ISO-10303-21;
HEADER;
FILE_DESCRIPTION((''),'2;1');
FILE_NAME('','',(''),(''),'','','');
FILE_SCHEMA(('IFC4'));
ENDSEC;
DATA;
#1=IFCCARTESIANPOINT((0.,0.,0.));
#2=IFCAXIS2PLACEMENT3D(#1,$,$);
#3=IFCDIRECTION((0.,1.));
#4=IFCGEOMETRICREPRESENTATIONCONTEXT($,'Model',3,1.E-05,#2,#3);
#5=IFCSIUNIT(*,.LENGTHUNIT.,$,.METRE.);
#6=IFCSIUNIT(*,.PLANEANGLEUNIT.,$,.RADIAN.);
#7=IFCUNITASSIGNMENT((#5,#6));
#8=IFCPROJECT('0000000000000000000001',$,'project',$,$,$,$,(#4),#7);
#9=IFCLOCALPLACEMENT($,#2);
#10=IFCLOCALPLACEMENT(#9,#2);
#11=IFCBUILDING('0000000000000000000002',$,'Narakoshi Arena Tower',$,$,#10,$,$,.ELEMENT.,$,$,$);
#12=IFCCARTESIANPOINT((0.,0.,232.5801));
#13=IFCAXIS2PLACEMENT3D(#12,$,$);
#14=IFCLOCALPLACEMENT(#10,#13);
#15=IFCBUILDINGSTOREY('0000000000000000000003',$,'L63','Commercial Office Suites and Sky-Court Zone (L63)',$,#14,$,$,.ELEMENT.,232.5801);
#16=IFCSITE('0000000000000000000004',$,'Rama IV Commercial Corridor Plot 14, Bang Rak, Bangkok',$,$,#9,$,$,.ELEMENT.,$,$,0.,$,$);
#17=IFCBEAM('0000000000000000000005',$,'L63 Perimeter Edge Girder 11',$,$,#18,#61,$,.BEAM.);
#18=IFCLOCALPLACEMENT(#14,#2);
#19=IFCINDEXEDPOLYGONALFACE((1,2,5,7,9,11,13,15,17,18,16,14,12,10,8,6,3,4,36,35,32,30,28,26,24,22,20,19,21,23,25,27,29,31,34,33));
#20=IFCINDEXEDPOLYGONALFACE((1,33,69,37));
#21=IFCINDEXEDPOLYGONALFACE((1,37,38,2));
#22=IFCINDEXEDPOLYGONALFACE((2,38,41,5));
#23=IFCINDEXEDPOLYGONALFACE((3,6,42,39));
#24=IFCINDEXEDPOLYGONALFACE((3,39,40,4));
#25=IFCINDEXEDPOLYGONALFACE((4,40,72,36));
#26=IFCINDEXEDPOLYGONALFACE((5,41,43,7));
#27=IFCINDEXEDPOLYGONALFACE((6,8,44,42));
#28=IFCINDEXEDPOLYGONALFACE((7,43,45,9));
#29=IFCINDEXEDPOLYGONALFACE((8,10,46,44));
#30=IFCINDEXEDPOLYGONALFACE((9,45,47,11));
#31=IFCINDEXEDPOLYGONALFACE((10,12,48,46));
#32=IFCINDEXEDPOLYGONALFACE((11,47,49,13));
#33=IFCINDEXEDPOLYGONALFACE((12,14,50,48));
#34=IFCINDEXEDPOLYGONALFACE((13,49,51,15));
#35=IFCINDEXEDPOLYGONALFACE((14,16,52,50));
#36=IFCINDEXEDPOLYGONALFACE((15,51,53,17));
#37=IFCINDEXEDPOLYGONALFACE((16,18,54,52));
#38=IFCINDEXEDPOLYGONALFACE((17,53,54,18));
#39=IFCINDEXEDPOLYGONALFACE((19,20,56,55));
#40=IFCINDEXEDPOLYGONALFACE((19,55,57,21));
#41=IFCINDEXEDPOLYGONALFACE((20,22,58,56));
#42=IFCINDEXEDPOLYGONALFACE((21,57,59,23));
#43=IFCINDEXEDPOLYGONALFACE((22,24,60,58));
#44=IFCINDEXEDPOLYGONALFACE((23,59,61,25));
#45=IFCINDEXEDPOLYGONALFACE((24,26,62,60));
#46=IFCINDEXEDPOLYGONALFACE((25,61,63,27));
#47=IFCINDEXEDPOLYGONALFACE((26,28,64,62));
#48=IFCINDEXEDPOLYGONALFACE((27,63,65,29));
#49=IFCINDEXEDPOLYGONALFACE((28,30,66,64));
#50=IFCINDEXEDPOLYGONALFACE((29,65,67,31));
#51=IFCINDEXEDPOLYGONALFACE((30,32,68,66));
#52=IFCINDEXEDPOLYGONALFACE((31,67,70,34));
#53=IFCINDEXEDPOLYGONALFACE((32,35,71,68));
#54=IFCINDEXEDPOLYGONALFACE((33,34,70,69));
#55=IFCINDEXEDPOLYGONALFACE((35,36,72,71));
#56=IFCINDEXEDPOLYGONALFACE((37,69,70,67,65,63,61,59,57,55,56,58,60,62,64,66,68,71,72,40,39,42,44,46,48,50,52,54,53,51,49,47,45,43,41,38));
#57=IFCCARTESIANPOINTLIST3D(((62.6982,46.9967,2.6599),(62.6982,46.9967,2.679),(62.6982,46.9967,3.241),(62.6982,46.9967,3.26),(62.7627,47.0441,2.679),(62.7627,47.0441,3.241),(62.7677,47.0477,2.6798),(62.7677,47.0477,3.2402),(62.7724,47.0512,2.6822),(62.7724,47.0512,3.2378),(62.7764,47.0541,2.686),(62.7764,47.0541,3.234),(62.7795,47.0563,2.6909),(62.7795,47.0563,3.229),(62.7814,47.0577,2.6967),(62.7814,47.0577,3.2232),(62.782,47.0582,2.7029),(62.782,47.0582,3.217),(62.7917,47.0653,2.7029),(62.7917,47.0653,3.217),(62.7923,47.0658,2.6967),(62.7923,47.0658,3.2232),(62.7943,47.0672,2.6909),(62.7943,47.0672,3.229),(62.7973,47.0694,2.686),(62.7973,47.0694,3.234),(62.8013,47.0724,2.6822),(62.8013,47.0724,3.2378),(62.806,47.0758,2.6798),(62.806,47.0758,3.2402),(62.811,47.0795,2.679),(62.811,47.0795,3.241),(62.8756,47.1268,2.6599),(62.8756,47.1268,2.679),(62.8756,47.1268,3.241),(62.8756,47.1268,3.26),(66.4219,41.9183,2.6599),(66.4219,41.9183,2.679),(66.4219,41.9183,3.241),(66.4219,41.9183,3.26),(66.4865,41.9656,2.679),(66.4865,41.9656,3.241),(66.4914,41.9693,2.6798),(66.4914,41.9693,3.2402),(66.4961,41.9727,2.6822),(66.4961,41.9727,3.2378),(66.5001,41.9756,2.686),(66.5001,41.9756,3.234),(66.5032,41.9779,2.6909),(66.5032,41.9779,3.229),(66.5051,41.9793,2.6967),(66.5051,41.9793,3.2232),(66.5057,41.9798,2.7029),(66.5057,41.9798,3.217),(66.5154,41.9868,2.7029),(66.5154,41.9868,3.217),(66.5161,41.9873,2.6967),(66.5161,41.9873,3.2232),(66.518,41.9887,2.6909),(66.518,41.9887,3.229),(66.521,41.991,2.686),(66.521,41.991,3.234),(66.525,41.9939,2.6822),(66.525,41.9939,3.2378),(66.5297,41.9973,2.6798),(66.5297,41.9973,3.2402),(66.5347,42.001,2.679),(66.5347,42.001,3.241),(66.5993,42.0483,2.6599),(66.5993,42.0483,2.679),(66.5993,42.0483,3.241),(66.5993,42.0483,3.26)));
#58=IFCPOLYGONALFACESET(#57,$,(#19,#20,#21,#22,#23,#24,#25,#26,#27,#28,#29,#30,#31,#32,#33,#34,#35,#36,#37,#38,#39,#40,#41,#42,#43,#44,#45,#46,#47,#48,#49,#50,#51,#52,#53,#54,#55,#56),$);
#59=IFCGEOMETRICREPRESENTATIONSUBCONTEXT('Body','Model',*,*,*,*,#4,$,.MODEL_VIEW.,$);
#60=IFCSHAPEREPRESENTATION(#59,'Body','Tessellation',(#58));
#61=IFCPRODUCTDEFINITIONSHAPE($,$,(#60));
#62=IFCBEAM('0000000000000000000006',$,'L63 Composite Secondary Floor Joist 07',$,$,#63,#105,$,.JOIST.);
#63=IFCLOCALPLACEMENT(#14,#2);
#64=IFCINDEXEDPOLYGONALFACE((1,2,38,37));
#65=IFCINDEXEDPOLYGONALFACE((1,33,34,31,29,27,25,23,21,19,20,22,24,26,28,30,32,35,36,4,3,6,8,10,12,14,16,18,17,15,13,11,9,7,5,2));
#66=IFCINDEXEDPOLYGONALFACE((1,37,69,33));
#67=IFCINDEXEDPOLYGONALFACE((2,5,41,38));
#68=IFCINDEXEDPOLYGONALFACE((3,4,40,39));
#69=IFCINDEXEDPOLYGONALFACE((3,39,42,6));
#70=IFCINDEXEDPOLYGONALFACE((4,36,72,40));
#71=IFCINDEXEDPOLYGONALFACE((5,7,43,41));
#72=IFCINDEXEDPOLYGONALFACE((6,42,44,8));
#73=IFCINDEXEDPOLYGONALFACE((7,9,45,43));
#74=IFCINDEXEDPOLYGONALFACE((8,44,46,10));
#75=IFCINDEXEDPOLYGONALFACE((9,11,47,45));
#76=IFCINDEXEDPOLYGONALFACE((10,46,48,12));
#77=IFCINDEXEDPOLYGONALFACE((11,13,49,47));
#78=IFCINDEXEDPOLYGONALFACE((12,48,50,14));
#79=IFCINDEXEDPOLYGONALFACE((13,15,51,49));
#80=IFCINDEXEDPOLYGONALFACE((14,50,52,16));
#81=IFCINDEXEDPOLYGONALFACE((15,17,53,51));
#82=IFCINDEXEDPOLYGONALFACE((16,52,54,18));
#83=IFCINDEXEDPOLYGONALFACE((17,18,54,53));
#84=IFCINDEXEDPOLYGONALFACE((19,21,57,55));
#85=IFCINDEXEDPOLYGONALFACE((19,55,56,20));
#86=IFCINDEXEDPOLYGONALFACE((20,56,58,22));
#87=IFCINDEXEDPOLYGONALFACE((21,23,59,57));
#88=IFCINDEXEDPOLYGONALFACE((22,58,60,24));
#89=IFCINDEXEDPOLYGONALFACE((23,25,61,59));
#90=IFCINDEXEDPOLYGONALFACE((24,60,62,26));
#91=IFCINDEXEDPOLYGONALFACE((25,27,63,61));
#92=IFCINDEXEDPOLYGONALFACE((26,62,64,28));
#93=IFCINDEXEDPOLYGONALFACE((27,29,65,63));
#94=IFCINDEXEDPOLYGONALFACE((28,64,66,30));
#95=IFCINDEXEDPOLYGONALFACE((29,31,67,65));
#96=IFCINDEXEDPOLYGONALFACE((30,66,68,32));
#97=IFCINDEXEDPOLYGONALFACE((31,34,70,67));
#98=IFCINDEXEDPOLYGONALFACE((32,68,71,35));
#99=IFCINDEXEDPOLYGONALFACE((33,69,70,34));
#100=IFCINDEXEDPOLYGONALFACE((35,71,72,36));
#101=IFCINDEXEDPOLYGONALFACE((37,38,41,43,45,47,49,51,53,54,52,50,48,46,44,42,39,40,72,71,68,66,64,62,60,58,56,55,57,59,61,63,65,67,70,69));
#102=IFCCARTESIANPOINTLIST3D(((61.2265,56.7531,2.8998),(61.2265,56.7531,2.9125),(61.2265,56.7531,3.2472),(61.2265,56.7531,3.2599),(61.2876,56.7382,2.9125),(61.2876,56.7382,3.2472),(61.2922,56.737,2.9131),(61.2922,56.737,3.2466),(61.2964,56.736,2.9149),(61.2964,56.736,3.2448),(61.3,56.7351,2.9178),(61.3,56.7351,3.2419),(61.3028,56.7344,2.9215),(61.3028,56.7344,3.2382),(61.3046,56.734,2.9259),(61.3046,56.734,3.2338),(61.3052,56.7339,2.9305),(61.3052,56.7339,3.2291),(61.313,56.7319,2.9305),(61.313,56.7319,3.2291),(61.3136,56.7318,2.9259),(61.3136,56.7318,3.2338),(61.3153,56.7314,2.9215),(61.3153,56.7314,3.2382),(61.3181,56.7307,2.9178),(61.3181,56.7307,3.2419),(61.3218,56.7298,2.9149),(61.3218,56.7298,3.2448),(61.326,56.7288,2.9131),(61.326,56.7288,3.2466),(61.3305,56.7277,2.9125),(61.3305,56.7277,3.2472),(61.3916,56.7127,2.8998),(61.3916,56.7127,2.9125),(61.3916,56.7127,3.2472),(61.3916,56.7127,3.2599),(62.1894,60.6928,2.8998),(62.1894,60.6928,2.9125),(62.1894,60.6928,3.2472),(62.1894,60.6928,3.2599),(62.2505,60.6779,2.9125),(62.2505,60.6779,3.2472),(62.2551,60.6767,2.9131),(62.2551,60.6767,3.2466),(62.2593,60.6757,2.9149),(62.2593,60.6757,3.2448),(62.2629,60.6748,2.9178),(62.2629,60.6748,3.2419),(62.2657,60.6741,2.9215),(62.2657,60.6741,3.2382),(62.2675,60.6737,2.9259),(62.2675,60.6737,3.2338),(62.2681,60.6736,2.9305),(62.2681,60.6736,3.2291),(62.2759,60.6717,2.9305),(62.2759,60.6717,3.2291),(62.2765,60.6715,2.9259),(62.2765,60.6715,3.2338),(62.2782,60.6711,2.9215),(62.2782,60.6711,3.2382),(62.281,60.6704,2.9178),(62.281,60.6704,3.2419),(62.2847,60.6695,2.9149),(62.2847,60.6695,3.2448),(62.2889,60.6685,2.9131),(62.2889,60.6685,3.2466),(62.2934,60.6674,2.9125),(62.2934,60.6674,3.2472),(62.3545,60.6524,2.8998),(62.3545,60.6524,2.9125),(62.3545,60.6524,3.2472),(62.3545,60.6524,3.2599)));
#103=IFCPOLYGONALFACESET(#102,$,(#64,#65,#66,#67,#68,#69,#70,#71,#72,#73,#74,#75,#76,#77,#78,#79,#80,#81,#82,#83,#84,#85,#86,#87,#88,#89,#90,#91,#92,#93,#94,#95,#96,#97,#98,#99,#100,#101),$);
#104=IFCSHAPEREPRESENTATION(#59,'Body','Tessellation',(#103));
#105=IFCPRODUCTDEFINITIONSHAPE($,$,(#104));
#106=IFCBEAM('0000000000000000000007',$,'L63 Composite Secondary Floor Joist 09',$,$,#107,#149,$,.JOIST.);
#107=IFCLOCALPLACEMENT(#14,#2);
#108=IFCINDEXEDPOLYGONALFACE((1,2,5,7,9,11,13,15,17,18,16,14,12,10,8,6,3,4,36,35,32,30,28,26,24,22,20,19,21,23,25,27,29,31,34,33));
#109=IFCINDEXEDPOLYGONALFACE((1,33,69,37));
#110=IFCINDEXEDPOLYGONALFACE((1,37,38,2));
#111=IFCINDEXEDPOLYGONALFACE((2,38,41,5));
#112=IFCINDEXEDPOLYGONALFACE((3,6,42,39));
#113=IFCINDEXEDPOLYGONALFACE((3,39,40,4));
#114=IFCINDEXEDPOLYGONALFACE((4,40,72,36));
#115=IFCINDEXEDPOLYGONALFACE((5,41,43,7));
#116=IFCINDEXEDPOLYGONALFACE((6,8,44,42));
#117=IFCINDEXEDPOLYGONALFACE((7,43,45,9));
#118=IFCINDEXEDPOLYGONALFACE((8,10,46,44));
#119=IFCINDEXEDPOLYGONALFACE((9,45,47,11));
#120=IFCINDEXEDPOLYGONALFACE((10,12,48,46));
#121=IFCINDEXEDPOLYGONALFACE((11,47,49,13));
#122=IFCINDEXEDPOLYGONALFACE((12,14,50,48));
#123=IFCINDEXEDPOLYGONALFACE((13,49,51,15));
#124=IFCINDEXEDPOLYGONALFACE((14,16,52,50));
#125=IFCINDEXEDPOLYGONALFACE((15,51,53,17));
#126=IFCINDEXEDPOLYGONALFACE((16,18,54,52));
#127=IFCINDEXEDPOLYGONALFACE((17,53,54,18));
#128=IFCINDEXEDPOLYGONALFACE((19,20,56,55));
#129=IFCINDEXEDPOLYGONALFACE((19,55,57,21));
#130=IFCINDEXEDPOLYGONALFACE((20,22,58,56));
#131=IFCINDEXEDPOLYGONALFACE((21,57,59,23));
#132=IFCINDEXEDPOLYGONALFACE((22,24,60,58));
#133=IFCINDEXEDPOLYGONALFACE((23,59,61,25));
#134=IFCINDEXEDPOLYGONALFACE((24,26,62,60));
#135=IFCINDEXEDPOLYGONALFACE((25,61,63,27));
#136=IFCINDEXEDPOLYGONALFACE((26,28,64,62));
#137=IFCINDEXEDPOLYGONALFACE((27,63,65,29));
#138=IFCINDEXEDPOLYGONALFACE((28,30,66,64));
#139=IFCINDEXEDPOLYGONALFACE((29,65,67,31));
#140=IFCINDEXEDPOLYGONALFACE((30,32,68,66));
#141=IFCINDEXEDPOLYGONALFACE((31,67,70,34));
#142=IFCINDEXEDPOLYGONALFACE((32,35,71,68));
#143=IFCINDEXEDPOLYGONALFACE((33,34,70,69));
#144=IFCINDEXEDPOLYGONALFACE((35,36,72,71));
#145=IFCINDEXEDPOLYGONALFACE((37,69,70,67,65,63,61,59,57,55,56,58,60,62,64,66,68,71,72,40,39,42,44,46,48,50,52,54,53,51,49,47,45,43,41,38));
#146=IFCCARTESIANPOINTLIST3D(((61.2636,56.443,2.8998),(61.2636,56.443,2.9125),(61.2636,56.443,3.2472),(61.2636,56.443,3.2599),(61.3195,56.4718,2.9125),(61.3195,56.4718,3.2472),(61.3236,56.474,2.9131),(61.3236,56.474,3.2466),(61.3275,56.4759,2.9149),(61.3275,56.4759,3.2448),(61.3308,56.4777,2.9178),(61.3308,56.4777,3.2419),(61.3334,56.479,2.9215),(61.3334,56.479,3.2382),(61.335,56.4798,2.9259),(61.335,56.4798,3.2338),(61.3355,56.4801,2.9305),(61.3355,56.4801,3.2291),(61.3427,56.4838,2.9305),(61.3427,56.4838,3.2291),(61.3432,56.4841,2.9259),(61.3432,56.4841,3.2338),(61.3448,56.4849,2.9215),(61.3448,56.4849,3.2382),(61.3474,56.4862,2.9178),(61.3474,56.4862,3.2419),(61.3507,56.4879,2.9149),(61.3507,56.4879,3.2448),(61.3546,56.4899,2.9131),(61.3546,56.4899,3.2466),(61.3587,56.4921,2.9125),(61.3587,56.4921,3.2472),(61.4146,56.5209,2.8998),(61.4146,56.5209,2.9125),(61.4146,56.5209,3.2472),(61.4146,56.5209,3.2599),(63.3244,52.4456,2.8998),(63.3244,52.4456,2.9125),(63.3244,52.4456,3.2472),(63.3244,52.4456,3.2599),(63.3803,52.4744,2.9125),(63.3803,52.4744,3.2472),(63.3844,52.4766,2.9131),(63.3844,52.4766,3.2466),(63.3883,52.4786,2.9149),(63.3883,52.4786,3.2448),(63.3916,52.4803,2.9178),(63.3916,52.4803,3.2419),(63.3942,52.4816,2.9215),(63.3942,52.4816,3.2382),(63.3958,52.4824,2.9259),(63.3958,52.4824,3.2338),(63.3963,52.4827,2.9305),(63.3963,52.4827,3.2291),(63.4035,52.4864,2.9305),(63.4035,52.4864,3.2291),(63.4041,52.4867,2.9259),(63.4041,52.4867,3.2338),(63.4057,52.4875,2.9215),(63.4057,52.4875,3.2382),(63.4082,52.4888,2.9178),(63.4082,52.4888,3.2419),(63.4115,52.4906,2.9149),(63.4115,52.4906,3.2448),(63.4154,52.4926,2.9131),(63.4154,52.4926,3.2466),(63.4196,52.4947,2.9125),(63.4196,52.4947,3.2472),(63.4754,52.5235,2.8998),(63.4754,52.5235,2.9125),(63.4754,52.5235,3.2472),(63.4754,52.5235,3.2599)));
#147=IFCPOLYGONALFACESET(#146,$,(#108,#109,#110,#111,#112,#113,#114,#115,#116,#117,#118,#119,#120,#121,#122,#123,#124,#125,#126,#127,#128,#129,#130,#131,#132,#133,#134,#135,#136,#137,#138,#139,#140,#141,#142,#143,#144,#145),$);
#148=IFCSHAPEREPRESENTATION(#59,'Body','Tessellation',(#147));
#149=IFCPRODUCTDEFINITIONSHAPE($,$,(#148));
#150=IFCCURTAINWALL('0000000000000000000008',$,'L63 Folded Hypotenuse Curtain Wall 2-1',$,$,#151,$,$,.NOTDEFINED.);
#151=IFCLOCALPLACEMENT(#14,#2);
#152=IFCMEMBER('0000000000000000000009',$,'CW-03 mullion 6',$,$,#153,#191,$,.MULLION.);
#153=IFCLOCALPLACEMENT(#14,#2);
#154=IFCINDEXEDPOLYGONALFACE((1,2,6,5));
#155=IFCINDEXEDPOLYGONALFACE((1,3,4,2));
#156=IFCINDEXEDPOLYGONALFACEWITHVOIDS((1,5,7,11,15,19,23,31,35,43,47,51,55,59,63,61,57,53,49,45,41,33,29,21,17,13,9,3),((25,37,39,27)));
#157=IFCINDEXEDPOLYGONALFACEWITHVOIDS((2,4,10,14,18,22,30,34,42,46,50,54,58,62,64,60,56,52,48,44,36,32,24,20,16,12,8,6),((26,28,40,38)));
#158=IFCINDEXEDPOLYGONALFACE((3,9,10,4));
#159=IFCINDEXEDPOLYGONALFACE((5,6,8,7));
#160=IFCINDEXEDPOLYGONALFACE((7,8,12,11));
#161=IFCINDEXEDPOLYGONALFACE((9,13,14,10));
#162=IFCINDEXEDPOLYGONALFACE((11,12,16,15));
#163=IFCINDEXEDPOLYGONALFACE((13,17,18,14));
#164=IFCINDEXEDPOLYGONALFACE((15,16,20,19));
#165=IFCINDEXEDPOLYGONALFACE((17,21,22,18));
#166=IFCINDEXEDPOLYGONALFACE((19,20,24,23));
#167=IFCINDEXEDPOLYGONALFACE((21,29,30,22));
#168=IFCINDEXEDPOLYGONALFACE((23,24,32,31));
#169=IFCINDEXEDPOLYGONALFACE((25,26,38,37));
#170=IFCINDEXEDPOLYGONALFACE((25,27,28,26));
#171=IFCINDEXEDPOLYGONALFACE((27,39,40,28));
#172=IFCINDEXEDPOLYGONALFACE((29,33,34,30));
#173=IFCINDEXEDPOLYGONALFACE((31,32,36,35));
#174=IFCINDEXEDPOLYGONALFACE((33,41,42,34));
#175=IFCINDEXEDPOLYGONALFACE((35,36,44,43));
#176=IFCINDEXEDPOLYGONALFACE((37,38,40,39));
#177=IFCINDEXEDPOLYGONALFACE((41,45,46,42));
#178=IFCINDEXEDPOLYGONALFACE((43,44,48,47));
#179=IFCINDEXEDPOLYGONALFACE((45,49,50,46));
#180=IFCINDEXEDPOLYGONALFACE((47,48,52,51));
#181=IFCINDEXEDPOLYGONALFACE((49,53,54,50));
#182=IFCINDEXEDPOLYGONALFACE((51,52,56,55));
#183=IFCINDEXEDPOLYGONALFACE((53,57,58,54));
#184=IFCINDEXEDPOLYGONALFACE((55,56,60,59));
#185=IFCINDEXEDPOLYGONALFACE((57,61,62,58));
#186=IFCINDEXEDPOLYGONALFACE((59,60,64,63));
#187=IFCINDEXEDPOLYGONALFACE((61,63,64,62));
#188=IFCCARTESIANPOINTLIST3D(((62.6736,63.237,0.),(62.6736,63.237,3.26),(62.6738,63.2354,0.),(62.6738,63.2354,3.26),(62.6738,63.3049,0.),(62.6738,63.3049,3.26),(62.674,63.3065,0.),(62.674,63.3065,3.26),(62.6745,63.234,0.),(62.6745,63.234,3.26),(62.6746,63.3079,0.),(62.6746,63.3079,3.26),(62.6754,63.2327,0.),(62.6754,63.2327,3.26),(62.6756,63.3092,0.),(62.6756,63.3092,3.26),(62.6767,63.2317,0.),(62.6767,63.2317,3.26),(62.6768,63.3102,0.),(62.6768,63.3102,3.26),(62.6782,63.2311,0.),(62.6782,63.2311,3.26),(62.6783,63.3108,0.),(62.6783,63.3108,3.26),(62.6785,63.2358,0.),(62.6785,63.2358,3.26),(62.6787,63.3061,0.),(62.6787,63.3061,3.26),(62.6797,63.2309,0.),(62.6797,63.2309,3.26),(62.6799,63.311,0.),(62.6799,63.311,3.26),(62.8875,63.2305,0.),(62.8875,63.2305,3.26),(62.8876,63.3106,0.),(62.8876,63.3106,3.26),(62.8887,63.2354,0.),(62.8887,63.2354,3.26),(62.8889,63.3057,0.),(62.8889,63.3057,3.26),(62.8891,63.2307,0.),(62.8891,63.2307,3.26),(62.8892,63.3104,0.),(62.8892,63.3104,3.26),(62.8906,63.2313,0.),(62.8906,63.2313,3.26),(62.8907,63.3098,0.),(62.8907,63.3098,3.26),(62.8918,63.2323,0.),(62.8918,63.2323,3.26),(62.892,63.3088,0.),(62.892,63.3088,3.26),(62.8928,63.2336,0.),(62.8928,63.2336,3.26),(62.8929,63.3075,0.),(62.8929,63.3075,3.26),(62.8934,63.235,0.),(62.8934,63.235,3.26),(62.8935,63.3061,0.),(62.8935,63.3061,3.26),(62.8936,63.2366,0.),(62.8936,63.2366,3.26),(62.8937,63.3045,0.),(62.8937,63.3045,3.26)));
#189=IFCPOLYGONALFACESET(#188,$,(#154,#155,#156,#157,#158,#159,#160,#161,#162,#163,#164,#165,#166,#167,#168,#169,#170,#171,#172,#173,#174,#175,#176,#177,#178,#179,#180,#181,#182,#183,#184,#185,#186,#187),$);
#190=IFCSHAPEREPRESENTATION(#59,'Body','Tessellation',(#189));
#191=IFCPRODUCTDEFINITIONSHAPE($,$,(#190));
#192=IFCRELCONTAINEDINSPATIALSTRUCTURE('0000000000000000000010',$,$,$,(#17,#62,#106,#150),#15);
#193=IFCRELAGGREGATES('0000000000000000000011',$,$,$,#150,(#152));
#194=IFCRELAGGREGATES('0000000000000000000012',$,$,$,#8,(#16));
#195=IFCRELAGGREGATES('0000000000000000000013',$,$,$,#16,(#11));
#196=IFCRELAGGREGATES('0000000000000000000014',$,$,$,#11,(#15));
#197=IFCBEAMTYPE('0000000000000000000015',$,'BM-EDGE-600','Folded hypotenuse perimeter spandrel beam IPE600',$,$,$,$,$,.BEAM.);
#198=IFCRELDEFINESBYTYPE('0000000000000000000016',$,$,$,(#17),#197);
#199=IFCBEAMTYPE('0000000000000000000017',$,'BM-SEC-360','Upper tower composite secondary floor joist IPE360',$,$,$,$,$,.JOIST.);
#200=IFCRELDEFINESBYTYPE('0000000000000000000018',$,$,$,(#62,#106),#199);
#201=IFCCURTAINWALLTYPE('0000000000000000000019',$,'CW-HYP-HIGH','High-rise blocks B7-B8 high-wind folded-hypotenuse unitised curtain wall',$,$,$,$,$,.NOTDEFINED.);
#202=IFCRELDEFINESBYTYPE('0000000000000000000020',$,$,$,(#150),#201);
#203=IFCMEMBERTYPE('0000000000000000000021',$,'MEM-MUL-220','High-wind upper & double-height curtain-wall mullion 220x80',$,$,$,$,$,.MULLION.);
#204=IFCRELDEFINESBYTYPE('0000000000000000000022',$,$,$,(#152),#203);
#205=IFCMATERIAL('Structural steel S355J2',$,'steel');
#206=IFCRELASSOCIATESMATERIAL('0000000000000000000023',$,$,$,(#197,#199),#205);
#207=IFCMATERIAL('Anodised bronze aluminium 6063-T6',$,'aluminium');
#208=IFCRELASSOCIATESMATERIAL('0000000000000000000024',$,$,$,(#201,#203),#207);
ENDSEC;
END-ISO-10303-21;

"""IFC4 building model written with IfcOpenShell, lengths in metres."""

from ifc_helpers import new_model, si_unit, direction, frame, origin, origin_2d, place, context, subcontext, project, spatial, hollow_rectangle, i_section, extrude, material, material_profile, profile_set, type_object, element, aggregate, save


model = new_model("IFC4")

# Units and contexts
model_context = context("Model", 3, precision=1e-05, world=origin(), true_north=direction((0.0, 1.0)))
body_context = subcontext(model_context, "Body", "Model", "MODEL_VIEW")
ifc_project = project(units=[si_unit("LENGTHUNIT", "METRE"), si_unit("PLANEANGLEUNIT", "RADIAN")], contexts=[model_context])

# Site, building, storey
site_placement = place(None, origin())
site = spatial("IfcSite", under=ifc_project, at=site_placement, Name="Rama IV Commercial Corridor Plot 14, Bang Rak, Bangkok", CompositionType="ELEMENT", RefElevation=0.0)
building_placement = place(site_placement, origin())
building = spatial("IfcBuilding", under=site, at=building_placement, Name="Narakoshi Arena Tower", CompositionType="ELEMENT")
storey_placement = place(building_placement, frame((0.0, 0.0, 232.5801)))
storey = spatial("IfcBuildingStorey", under=building, at=storey_placement, Name="L63", Description="Commercial Office Suites and Sky-Court Zone (L63)", CompositionType="ELEMENT", Elevation=232.5801)

# Beams
ifc_material_1 = material(Name="Structural steel S355J2", Category="steel")
ifc_material_profile_1 = material_profile(ifc_material_1, i_section(OverallWidth=0.22, OverallDepth=0.6001, WebThickness=0.012, FlangeThickness=0.019, FilletRadius=0.0239, at=origin_2d()), Name="IPE600")
ifc_profile_set_1 = profile_set([ifc_material_profile_1], Name="Structural steel S355J2")
beam_type_1 = type_object("IfcBeamType", Name="BM-EDGE-600", Description="Folded hypotenuse perimeter spandrel beam IPE600", PredefinedType="BEAM", material=ifc_profile_set_1)
for number, where, z_axis, x_axis, name in (
    (1, (62.7869, 47.0618, 2.96), (0.591312, -0.806443, 0.0), (0.806443, 0.591312, 0.0), "L63 Perimeter Edge Girder 11"),
):
    element("IfcBeam", number, at=place(storey_placement, frame(where, z_axis=z_axis, x_axis=x_axis)), inside=storey, type_object=beam_type_1, Name=name, PredefinedType="BEAM", context=body_context, shape_type="SweptSolid", body=[
        extrude(i_section(OverallWidth=0.22, OverallDepth=0.6001, WebThickness=0.012, FlangeThickness=0.019, FilletRadius=0.0239, at=origin_2d()), origin(), (0.0, 0.0, 1.0), 6.2974),
    ])
ifc_material_profile_2 = material_profile(ifc_material_1, i_section(OverallWidth=0.1699, OverallDepth=0.3601, WebThickness=0.0081, FlangeThickness=0.0127, FilletRadius=0.0181, at=origin_2d()), Name="IPE360")
ifc_profile_set_2 = profile_set([ifc_material_profile_2], Name="Structural steel S355J2")
beam_type_2 = type_object("IfcBeamType", Name="BM-SEC-360", Description="Upper tower composite secondary floor joist IPE360", PredefinedType="JOIST", material=ifc_profile_set_2)
beam_1_placement = place(storey_placement, frame((62.272, 60.6726, 3.0798), z_axis=(-0.237419, -0.971407, 0.0), x_axis=(0.971407, -0.237419, 0.0)))
element("IfcBeam", 2, at=beam_1_placement, inside=storey, type_object=beam_type_2, Name="L63 Composite Secondary Floor Joist 07", PredefinedType="JOIST", context=body_context, shape_type="SweptSolid", body=[
    extrude(i_section(OverallWidth=0.1699, OverallDepth=0.3601, WebThickness=0.0081, FlangeThickness=0.0127, FilletRadius=0.0181, at=origin_2d()), origin(), (0.0, 0.0, 1.0), 4.0557),
])
beam_2_placement = place(storey_placement, frame((61.3391, 56.4819, 3.0798), z_axis=(0.458232, -0.888833, 0.0), x_axis=(0.888833, 0.458232, 0.0)))
element("IfcBeam", 3, at=beam_2_placement, inside=storey, type_object=beam_type_2, Name="L63 Composite Secondary Floor Joist 09", PredefinedType="JOIST", context=body_context, shape_type="SweptSolid", body=[
    extrude(i_section(OverallWidth=0.1699, OverallDepth=0.3601, WebThickness=0.0081, FlangeThickness=0.0127, FilletRadius=0.0181, at=origin_2d()), origin(), (0.0, 0.0, 1.0), 4.4973),
])

# Curtain wall, member
ifc_material_2 = material(Name="Anodised bronze aluminium 6063-T6", Category="aluminium")
curtain_wall_type = type_object("IfcCurtainWallType", Name="CW-HYP-HIGH", Description="High-rise blocks B7-B8 high-wind folded-hypotenuse unitised curtain wall", PredefinedType="NOTDEFINED", material=ifc_material_2)
curtain_wall_placement = place(storey_placement, origin())
curtain_wall = element("IfcCurtainWall", 4, at=curtain_wall_placement, inside=storey, type_object=curtain_wall_type, Name="L63 Folded Hypotenuse Curtain Wall 2-1", PredefinedType="NOTDEFINED")
ifc_material_profile_3 = material_profile(ifc_material_2, hollow_rectangle(XDim=0.0801, YDim=0.22, WallThickness=0.0049, OuterFilletRadius=0.0061, at=origin_2d()), Name="MUL220x80x5")
ifc_profile_set_3 = profile_set([ifc_material_profile_3], Name="Anodised bronze aluminium 6063-T6")
member_type_1 = type_object("IfcMemberType", Name="MEM-MUL-220", Description="High-wind upper & double-height curtain-wall mullion 220x80", PredefinedType="MULLION", material=ifc_profile_set_3)
member_1_placement = place(storey_placement, frame((62.7837, 63.2708, 0.0), z_axis=(0.0, 0.0, 1.0), x_axis=(-0.00182, -0.999998, 0.0)))
member_1 = element("IfcMember", 5, at=member_1_placement, type_object=member_type_1, Name="CW-03 mullion 6", PredefinedType="MULLION", context=body_context, shape_type="SweptSolid", body=[
    extrude(hollow_rectangle(XDim=0.0801, YDim=0.22, WallThickness=0.0049, OuterFilletRadius=0.0061, at=origin_2d()), origin(), (0.0, 0.0, 1.0), 3.26),
])
aggregate(curtain_wall, [member_1])

save(model, "model.ifc")
